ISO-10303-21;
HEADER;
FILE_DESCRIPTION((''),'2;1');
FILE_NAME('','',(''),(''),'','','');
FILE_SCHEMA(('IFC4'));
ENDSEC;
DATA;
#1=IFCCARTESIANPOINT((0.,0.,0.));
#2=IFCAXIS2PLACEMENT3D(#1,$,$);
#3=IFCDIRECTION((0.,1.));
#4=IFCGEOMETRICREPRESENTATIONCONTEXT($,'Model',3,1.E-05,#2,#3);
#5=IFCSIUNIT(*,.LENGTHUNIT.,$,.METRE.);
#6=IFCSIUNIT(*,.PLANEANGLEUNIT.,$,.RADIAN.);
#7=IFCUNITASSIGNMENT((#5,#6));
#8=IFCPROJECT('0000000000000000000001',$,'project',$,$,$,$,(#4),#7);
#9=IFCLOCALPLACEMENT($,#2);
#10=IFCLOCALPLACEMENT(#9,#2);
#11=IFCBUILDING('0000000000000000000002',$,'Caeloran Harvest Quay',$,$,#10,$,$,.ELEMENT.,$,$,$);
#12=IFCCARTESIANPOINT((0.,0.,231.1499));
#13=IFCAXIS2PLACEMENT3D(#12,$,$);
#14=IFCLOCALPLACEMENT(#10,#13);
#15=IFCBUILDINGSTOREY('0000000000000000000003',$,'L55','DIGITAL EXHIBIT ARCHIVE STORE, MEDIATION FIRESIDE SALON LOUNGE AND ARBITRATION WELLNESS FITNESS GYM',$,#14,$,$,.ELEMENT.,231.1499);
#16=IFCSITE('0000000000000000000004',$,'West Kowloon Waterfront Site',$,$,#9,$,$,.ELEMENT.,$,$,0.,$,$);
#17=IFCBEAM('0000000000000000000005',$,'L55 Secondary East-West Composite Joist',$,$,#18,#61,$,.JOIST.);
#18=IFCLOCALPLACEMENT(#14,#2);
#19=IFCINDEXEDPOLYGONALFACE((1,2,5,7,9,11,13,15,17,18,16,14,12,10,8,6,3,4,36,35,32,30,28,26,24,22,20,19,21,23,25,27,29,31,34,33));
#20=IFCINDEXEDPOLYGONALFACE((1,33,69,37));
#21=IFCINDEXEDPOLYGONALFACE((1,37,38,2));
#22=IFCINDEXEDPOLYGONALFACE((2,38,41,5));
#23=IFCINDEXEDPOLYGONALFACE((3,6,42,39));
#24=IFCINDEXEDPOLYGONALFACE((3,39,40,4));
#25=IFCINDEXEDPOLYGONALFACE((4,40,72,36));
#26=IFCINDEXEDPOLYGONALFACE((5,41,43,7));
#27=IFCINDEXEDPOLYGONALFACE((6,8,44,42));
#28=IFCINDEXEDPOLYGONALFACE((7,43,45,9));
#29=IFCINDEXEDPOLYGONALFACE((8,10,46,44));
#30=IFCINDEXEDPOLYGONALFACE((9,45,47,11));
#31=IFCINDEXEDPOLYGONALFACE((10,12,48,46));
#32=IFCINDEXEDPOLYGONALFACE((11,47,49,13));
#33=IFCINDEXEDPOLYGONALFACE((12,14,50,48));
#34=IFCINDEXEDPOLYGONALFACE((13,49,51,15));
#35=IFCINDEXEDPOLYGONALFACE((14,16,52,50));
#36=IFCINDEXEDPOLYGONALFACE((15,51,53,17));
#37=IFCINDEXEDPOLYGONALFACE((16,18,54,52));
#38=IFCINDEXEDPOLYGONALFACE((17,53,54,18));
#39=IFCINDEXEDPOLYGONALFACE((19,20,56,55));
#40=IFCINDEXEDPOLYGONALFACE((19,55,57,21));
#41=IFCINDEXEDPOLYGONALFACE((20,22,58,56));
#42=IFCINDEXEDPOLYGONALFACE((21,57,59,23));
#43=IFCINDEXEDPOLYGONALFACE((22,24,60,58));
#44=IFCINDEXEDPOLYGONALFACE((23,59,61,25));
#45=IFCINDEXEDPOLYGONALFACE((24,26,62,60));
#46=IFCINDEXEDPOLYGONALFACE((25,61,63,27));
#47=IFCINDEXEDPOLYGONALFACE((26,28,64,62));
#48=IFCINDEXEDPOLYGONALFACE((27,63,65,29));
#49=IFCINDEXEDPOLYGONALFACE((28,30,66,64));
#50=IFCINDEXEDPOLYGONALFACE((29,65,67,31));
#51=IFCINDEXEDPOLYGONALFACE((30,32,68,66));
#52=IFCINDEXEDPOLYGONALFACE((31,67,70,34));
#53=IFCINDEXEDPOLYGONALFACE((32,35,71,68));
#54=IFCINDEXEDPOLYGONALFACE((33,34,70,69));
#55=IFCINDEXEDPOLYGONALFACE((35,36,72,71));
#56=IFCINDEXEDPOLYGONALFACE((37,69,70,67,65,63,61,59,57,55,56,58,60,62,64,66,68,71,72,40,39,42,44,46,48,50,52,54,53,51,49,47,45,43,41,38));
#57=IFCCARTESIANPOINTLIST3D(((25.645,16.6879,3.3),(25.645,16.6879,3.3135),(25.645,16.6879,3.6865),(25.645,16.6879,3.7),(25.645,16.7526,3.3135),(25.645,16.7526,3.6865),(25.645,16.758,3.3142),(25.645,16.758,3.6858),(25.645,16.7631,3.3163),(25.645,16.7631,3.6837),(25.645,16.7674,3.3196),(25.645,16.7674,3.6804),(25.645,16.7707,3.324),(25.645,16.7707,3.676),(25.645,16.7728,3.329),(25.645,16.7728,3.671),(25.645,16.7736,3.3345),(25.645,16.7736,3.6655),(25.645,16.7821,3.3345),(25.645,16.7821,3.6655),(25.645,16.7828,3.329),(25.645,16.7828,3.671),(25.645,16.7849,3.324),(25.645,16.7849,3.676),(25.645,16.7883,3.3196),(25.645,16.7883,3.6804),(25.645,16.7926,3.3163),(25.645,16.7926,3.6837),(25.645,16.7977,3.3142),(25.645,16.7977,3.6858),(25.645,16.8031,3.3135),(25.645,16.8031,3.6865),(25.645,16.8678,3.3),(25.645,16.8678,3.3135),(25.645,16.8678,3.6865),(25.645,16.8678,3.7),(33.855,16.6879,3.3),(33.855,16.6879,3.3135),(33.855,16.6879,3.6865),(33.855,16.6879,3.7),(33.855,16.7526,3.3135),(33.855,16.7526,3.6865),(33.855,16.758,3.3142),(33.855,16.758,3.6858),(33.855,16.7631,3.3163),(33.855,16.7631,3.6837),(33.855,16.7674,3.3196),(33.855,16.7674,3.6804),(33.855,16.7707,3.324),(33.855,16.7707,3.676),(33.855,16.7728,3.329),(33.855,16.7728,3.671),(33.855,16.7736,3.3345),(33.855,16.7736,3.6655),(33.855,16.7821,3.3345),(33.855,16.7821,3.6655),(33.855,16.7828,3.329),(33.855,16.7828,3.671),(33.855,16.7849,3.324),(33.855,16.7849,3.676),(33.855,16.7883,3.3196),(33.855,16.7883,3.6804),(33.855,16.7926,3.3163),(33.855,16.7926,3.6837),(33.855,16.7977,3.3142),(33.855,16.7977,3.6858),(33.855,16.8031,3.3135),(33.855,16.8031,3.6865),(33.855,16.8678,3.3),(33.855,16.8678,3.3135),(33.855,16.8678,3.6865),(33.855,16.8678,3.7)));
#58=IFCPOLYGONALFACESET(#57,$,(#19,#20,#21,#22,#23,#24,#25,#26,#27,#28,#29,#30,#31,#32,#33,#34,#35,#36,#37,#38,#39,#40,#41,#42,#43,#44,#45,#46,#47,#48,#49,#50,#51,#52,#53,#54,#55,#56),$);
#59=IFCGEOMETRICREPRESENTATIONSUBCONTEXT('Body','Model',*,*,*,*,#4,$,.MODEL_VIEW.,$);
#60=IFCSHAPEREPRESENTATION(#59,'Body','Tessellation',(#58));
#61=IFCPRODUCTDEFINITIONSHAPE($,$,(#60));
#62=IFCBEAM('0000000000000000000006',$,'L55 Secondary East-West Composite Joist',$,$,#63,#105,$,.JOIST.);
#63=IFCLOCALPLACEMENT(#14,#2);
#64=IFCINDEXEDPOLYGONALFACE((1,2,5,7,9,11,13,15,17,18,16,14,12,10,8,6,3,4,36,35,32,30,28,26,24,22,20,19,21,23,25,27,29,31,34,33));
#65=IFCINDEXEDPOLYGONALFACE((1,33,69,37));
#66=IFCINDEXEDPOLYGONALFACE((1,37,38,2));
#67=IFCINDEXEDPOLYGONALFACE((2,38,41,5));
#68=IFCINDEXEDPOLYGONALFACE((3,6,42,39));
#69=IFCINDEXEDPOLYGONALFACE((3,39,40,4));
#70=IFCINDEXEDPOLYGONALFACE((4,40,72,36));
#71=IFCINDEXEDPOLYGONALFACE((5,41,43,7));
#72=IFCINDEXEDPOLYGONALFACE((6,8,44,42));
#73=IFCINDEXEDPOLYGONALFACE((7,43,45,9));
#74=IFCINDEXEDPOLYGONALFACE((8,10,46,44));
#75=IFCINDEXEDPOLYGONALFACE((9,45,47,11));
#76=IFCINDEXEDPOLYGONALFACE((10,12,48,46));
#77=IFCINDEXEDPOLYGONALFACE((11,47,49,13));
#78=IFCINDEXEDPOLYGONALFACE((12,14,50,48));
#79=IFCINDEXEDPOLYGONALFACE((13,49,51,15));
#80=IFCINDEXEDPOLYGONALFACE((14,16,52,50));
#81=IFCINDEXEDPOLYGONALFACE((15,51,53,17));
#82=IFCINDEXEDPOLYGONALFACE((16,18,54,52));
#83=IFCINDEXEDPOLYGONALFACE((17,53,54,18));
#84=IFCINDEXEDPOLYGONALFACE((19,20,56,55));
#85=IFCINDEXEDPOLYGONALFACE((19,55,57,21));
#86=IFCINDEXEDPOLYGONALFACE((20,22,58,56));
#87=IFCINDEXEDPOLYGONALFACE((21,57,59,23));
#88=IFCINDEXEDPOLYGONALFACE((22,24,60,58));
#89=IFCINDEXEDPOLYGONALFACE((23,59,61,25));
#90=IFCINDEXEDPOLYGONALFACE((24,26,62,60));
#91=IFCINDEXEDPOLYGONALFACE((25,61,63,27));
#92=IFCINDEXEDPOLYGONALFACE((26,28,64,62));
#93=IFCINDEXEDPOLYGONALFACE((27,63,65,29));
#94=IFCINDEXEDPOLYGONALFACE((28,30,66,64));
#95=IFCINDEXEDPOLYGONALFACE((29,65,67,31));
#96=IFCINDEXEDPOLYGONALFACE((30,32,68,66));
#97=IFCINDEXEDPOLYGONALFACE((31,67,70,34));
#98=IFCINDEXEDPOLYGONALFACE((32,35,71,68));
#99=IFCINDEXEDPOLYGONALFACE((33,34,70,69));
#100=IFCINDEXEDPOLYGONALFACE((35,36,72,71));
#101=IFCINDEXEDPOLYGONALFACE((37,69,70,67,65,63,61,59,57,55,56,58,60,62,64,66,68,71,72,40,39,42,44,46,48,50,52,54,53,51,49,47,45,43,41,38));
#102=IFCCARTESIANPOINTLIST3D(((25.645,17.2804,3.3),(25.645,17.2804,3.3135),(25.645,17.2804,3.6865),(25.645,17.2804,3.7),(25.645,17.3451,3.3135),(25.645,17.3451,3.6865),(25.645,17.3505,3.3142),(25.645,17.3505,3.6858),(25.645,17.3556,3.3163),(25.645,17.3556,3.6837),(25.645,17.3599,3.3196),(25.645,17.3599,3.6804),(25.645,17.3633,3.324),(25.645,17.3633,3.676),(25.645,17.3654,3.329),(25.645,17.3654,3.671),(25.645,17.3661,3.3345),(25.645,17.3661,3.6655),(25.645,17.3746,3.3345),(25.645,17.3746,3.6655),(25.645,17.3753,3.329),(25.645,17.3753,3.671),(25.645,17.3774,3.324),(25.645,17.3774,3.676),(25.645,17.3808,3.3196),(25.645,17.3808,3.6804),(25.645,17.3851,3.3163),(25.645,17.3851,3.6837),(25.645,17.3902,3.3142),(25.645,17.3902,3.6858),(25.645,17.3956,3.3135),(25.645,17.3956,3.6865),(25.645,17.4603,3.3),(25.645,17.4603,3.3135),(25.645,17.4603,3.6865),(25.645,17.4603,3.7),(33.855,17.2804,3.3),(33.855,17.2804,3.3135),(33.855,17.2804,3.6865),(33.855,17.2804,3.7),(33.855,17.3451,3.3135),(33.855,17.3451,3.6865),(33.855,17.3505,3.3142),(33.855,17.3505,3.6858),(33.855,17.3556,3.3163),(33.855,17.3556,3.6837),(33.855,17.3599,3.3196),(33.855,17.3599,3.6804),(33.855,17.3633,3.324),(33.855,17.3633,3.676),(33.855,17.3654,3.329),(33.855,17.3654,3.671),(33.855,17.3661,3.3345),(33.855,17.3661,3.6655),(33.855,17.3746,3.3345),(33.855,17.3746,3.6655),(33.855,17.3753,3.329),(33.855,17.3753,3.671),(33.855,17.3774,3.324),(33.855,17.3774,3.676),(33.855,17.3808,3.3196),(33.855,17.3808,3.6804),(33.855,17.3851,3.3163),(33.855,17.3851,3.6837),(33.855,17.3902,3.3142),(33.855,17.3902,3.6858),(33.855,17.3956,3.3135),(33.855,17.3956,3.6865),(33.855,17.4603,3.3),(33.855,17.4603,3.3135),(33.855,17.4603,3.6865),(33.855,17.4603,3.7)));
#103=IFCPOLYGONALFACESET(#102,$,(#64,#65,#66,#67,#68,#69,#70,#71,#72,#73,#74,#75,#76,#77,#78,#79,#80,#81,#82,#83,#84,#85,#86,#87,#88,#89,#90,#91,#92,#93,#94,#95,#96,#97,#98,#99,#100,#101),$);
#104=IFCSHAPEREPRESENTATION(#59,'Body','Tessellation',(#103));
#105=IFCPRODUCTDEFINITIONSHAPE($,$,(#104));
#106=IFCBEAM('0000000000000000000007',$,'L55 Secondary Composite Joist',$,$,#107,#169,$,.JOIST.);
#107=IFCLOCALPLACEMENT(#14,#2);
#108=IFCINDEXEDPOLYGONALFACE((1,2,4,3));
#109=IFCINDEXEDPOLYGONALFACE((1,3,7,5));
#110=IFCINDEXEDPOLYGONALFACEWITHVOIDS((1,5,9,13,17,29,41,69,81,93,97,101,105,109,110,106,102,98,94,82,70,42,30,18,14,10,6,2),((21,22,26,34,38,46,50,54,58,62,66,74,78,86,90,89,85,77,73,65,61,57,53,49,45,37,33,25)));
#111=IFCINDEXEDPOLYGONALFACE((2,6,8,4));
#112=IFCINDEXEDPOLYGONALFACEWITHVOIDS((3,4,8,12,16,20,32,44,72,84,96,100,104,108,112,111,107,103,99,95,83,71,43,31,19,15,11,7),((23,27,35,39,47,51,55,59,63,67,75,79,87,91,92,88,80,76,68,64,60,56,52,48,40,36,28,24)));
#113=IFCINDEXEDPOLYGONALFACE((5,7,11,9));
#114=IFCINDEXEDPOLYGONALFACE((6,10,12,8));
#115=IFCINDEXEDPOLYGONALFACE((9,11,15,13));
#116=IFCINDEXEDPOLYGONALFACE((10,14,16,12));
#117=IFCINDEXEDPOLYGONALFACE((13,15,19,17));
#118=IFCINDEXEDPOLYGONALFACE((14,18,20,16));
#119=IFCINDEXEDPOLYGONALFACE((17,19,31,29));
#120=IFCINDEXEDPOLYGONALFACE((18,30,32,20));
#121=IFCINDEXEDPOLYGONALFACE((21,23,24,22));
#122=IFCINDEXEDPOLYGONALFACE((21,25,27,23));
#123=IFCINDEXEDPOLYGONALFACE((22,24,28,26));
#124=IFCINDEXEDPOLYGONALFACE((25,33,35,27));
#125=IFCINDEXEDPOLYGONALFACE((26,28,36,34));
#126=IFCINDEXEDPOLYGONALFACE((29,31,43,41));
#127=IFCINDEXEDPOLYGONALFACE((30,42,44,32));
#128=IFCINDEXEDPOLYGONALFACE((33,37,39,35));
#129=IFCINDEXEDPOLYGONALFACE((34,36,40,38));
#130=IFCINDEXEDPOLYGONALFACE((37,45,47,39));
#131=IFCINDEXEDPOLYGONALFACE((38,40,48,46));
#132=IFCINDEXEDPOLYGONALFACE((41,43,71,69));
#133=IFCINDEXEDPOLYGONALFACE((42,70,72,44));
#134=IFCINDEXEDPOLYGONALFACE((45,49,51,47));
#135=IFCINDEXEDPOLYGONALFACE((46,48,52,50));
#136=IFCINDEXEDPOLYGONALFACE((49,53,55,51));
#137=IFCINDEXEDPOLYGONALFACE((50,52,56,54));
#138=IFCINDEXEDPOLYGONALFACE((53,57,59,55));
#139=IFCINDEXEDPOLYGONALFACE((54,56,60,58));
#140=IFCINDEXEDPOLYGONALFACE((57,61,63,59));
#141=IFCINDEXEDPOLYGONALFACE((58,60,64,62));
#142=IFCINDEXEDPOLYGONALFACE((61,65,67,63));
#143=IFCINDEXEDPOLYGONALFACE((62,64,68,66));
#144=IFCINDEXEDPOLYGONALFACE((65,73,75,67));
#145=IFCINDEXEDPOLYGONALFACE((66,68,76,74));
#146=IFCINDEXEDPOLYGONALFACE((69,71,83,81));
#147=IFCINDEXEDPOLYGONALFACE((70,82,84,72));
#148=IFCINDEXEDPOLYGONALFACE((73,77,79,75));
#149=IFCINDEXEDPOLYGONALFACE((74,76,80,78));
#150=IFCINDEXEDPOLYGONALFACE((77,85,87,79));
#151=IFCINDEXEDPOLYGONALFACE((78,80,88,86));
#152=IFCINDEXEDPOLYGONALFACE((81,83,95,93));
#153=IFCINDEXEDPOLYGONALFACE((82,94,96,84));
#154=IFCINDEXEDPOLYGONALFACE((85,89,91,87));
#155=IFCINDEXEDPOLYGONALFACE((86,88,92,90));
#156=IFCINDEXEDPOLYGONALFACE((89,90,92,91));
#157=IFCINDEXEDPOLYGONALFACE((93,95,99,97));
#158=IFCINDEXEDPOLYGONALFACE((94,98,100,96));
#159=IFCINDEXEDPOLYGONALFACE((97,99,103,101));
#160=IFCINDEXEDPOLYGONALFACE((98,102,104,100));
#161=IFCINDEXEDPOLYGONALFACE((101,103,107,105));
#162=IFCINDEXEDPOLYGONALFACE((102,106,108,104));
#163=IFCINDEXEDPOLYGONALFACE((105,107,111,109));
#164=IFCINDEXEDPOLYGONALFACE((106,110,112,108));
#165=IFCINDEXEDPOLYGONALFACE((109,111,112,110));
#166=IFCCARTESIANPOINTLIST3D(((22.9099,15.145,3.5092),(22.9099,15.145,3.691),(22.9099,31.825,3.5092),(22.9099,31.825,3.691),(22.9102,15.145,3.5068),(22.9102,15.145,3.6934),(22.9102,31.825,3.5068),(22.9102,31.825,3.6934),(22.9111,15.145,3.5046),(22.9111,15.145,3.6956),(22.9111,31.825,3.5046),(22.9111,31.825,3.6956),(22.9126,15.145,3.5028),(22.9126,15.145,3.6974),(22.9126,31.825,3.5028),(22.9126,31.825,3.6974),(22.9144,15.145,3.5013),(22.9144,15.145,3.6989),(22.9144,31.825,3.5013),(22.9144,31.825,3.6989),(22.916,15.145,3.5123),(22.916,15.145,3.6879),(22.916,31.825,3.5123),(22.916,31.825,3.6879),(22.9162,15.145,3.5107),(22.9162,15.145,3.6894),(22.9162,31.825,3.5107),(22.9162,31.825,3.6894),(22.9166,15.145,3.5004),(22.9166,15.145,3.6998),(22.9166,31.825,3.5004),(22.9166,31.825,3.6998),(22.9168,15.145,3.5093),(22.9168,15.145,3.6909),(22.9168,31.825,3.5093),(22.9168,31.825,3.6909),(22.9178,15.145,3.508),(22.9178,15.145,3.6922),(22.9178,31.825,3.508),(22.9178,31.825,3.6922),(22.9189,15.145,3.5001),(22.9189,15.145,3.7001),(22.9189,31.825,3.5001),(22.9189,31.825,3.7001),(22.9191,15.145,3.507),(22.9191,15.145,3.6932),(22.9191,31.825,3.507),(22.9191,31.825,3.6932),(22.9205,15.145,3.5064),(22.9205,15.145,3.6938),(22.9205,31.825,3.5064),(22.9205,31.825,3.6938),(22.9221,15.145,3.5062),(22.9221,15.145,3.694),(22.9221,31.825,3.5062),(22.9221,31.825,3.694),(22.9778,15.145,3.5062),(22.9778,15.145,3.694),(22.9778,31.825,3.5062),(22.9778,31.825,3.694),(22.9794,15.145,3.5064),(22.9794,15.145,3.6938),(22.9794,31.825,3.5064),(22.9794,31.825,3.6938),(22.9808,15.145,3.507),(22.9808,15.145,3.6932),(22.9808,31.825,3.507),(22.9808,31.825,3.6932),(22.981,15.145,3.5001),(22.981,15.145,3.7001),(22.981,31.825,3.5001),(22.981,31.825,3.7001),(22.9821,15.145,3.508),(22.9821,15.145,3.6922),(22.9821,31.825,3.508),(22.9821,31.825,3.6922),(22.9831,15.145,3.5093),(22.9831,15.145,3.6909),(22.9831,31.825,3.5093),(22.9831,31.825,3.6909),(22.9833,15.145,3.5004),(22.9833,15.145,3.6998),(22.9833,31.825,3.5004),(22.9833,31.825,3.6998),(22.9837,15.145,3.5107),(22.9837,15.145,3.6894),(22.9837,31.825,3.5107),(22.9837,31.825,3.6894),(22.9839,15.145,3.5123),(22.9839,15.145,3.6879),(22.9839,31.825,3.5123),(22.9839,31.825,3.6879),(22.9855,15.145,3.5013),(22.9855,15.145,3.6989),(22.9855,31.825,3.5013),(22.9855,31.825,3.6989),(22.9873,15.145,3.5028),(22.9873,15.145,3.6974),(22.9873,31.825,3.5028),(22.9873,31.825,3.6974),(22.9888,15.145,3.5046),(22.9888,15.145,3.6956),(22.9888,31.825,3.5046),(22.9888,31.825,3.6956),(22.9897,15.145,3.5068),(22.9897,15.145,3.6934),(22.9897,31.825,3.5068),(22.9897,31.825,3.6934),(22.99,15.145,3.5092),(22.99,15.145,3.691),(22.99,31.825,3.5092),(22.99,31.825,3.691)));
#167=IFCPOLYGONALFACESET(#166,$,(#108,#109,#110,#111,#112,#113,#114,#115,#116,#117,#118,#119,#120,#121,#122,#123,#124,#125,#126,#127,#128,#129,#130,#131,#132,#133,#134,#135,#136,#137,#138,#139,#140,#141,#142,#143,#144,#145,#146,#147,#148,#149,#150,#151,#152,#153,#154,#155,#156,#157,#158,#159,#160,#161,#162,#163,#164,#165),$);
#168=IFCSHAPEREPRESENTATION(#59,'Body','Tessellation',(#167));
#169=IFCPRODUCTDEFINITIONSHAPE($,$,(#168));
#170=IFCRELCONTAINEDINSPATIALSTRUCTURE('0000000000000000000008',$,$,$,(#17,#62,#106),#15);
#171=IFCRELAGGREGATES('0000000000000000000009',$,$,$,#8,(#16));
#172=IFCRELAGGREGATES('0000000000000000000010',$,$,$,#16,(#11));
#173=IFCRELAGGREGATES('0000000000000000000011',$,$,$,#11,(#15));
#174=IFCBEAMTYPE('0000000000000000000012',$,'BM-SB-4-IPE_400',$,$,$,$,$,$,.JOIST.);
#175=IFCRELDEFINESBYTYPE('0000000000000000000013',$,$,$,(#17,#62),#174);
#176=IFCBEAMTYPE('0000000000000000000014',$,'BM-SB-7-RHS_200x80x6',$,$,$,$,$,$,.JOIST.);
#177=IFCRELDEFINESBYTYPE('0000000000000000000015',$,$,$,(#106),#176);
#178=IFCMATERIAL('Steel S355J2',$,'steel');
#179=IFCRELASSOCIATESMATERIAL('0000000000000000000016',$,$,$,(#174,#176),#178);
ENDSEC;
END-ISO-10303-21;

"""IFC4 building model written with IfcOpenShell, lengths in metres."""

from ifc_helpers import new_model, si_unit, direction, frame, origin, origin_2d, place, context, subcontext, project, spatial, hollow_rectangle, i_section, extrude, material, material_profile, profile_set, type_object, element, save


model = new_model("IFC4")

# Units and contexts
model_context = context("Model", 3, precision=1e-05, world=origin(), true_north=direction((0.0, 1.0)))
body_context = subcontext(model_context, "Body", "Model", "MODEL_VIEW")
ifc_project = project(units=[si_unit("LENGTHUNIT", "METRE"), si_unit("PLANEANGLEUNIT", "RADIAN")], contexts=[model_context])

# Site, building, storey
site_placement = place(None, origin())
site = spatial("IfcSite", under=ifc_project, at=site_placement, Name="West Kowloon Waterfront Site", CompositionType="ELEMENT", RefElevation=0.0)
building_placement = place(site_placement, origin())
building = spatial("IfcBuilding", under=site, at=building_placement, Name="Caeloran Harvest Quay", CompositionType="ELEMENT")
storey_placement = place(building_placement, frame((0.0, 0.0, 231.1499)))
storey = spatial("IfcBuildingStorey", under=building, at=storey_placement, Name="L55", Description="DIGITAL EXHIBIT ARCHIVE STORE, MEDIATION FIRESIDE SALON LOUNGE AND ARBITRATION WELLNESS FITNESS GYM", CompositionType="ELEMENT", Elevation=231.1499)

# Beams
ifc_material_1 = material(Name="Steel S355J2", Category="steel")
ifc_material_profile_1 = material_profile(ifc_material_1, i_section(OverallWidth=0.1799, OverallDepth=0.3999, WebThickness=0.0085, FlangeThickness=0.0134, FilletRadius=0.021, at=origin_2d()), Name="IPE 400")
ifc_profile_set_1 = profile_set([ifc_material_profile_1], Name="Steel S355J2")
beam_type_1 = type_object("IfcBeamType", Name="BM-SB-4-IPE_400", PredefinedType="JOIST", material=ifc_profile_set_1)
for number, where, z_axis, x_axis, name in (
    (1, (25.645, 16.7778, 3.5), (1.0, 0.0, 0.0), (0.0, 1.0, 0.0), "L55 Secondary East-West Composite Joist"),
    (2, (25.645, 17.3704, 3.5), (1.0, 0.0, 0.0), (0.0, 1.0, 0.0), "L55 Secondary East-West Composite Joist"),
):
    element("IfcBeam", number, at=place(storey_placement, frame(where, z_axis=z_axis, x_axis=x_axis)), inside=storey, type_object=beam_type_1, Name=name, PredefinedType="JOIST", context=body_context, shape_type="SweptSolid", body=[
        extrude(i_section(OverallWidth=0.1799, OverallDepth=0.3999, WebThickness=0.0085, FlangeThickness=0.0134, FilletRadius=0.021, at=origin_2d()), origin(), (0.0, 0.0, 1.0), 8.21),
    ])
ifc_material_profile_2 = material_profile(ifc_material_1, hollow_rectangle(XDim=0.0801, YDim=0.2, WallThickness=0.0061, InnerFilletRadius=0.0061, OuterFilletRadius=0.009, at=origin_2d()), Name="RHS 200x80x6")
ifc_profile_set_2 = profile_set([ifc_material_profile_2], Name="Steel S355J2")
beam_type_2 = type_object("IfcBeamType", Name="BM-SB-7-RHS_200x80x6", PredefinedType="JOIST", material=ifc_profile_set_2)
for number, where, z_axis, x_axis, name in (
    (3, (22.95, 15.145, 3.6001), (0.0, 1.0, 0.0), (-1.0, 0.0, 0.0), "L55 Secondary Composite Joist"),
):
    element("IfcBeam", number, at=place(storey_placement, frame(where, z_axis=z_axis, x_axis=x_axis)), inside=storey, type_object=beam_type_2, Name=name, PredefinedType="JOIST", context=body_context, shape_type="SweptSolid", body=[
        extrude(hollow_rectangle(XDim=0.0801, YDim=0.2, WallThickness=0.0061, InnerFilletRadius=0.0061, OuterFilletRadius=0.009, at=origin_2d()), origin(), (0.0, 0.0, 1.0), 16.6799),
    ])

save(model, "model.ifc")
